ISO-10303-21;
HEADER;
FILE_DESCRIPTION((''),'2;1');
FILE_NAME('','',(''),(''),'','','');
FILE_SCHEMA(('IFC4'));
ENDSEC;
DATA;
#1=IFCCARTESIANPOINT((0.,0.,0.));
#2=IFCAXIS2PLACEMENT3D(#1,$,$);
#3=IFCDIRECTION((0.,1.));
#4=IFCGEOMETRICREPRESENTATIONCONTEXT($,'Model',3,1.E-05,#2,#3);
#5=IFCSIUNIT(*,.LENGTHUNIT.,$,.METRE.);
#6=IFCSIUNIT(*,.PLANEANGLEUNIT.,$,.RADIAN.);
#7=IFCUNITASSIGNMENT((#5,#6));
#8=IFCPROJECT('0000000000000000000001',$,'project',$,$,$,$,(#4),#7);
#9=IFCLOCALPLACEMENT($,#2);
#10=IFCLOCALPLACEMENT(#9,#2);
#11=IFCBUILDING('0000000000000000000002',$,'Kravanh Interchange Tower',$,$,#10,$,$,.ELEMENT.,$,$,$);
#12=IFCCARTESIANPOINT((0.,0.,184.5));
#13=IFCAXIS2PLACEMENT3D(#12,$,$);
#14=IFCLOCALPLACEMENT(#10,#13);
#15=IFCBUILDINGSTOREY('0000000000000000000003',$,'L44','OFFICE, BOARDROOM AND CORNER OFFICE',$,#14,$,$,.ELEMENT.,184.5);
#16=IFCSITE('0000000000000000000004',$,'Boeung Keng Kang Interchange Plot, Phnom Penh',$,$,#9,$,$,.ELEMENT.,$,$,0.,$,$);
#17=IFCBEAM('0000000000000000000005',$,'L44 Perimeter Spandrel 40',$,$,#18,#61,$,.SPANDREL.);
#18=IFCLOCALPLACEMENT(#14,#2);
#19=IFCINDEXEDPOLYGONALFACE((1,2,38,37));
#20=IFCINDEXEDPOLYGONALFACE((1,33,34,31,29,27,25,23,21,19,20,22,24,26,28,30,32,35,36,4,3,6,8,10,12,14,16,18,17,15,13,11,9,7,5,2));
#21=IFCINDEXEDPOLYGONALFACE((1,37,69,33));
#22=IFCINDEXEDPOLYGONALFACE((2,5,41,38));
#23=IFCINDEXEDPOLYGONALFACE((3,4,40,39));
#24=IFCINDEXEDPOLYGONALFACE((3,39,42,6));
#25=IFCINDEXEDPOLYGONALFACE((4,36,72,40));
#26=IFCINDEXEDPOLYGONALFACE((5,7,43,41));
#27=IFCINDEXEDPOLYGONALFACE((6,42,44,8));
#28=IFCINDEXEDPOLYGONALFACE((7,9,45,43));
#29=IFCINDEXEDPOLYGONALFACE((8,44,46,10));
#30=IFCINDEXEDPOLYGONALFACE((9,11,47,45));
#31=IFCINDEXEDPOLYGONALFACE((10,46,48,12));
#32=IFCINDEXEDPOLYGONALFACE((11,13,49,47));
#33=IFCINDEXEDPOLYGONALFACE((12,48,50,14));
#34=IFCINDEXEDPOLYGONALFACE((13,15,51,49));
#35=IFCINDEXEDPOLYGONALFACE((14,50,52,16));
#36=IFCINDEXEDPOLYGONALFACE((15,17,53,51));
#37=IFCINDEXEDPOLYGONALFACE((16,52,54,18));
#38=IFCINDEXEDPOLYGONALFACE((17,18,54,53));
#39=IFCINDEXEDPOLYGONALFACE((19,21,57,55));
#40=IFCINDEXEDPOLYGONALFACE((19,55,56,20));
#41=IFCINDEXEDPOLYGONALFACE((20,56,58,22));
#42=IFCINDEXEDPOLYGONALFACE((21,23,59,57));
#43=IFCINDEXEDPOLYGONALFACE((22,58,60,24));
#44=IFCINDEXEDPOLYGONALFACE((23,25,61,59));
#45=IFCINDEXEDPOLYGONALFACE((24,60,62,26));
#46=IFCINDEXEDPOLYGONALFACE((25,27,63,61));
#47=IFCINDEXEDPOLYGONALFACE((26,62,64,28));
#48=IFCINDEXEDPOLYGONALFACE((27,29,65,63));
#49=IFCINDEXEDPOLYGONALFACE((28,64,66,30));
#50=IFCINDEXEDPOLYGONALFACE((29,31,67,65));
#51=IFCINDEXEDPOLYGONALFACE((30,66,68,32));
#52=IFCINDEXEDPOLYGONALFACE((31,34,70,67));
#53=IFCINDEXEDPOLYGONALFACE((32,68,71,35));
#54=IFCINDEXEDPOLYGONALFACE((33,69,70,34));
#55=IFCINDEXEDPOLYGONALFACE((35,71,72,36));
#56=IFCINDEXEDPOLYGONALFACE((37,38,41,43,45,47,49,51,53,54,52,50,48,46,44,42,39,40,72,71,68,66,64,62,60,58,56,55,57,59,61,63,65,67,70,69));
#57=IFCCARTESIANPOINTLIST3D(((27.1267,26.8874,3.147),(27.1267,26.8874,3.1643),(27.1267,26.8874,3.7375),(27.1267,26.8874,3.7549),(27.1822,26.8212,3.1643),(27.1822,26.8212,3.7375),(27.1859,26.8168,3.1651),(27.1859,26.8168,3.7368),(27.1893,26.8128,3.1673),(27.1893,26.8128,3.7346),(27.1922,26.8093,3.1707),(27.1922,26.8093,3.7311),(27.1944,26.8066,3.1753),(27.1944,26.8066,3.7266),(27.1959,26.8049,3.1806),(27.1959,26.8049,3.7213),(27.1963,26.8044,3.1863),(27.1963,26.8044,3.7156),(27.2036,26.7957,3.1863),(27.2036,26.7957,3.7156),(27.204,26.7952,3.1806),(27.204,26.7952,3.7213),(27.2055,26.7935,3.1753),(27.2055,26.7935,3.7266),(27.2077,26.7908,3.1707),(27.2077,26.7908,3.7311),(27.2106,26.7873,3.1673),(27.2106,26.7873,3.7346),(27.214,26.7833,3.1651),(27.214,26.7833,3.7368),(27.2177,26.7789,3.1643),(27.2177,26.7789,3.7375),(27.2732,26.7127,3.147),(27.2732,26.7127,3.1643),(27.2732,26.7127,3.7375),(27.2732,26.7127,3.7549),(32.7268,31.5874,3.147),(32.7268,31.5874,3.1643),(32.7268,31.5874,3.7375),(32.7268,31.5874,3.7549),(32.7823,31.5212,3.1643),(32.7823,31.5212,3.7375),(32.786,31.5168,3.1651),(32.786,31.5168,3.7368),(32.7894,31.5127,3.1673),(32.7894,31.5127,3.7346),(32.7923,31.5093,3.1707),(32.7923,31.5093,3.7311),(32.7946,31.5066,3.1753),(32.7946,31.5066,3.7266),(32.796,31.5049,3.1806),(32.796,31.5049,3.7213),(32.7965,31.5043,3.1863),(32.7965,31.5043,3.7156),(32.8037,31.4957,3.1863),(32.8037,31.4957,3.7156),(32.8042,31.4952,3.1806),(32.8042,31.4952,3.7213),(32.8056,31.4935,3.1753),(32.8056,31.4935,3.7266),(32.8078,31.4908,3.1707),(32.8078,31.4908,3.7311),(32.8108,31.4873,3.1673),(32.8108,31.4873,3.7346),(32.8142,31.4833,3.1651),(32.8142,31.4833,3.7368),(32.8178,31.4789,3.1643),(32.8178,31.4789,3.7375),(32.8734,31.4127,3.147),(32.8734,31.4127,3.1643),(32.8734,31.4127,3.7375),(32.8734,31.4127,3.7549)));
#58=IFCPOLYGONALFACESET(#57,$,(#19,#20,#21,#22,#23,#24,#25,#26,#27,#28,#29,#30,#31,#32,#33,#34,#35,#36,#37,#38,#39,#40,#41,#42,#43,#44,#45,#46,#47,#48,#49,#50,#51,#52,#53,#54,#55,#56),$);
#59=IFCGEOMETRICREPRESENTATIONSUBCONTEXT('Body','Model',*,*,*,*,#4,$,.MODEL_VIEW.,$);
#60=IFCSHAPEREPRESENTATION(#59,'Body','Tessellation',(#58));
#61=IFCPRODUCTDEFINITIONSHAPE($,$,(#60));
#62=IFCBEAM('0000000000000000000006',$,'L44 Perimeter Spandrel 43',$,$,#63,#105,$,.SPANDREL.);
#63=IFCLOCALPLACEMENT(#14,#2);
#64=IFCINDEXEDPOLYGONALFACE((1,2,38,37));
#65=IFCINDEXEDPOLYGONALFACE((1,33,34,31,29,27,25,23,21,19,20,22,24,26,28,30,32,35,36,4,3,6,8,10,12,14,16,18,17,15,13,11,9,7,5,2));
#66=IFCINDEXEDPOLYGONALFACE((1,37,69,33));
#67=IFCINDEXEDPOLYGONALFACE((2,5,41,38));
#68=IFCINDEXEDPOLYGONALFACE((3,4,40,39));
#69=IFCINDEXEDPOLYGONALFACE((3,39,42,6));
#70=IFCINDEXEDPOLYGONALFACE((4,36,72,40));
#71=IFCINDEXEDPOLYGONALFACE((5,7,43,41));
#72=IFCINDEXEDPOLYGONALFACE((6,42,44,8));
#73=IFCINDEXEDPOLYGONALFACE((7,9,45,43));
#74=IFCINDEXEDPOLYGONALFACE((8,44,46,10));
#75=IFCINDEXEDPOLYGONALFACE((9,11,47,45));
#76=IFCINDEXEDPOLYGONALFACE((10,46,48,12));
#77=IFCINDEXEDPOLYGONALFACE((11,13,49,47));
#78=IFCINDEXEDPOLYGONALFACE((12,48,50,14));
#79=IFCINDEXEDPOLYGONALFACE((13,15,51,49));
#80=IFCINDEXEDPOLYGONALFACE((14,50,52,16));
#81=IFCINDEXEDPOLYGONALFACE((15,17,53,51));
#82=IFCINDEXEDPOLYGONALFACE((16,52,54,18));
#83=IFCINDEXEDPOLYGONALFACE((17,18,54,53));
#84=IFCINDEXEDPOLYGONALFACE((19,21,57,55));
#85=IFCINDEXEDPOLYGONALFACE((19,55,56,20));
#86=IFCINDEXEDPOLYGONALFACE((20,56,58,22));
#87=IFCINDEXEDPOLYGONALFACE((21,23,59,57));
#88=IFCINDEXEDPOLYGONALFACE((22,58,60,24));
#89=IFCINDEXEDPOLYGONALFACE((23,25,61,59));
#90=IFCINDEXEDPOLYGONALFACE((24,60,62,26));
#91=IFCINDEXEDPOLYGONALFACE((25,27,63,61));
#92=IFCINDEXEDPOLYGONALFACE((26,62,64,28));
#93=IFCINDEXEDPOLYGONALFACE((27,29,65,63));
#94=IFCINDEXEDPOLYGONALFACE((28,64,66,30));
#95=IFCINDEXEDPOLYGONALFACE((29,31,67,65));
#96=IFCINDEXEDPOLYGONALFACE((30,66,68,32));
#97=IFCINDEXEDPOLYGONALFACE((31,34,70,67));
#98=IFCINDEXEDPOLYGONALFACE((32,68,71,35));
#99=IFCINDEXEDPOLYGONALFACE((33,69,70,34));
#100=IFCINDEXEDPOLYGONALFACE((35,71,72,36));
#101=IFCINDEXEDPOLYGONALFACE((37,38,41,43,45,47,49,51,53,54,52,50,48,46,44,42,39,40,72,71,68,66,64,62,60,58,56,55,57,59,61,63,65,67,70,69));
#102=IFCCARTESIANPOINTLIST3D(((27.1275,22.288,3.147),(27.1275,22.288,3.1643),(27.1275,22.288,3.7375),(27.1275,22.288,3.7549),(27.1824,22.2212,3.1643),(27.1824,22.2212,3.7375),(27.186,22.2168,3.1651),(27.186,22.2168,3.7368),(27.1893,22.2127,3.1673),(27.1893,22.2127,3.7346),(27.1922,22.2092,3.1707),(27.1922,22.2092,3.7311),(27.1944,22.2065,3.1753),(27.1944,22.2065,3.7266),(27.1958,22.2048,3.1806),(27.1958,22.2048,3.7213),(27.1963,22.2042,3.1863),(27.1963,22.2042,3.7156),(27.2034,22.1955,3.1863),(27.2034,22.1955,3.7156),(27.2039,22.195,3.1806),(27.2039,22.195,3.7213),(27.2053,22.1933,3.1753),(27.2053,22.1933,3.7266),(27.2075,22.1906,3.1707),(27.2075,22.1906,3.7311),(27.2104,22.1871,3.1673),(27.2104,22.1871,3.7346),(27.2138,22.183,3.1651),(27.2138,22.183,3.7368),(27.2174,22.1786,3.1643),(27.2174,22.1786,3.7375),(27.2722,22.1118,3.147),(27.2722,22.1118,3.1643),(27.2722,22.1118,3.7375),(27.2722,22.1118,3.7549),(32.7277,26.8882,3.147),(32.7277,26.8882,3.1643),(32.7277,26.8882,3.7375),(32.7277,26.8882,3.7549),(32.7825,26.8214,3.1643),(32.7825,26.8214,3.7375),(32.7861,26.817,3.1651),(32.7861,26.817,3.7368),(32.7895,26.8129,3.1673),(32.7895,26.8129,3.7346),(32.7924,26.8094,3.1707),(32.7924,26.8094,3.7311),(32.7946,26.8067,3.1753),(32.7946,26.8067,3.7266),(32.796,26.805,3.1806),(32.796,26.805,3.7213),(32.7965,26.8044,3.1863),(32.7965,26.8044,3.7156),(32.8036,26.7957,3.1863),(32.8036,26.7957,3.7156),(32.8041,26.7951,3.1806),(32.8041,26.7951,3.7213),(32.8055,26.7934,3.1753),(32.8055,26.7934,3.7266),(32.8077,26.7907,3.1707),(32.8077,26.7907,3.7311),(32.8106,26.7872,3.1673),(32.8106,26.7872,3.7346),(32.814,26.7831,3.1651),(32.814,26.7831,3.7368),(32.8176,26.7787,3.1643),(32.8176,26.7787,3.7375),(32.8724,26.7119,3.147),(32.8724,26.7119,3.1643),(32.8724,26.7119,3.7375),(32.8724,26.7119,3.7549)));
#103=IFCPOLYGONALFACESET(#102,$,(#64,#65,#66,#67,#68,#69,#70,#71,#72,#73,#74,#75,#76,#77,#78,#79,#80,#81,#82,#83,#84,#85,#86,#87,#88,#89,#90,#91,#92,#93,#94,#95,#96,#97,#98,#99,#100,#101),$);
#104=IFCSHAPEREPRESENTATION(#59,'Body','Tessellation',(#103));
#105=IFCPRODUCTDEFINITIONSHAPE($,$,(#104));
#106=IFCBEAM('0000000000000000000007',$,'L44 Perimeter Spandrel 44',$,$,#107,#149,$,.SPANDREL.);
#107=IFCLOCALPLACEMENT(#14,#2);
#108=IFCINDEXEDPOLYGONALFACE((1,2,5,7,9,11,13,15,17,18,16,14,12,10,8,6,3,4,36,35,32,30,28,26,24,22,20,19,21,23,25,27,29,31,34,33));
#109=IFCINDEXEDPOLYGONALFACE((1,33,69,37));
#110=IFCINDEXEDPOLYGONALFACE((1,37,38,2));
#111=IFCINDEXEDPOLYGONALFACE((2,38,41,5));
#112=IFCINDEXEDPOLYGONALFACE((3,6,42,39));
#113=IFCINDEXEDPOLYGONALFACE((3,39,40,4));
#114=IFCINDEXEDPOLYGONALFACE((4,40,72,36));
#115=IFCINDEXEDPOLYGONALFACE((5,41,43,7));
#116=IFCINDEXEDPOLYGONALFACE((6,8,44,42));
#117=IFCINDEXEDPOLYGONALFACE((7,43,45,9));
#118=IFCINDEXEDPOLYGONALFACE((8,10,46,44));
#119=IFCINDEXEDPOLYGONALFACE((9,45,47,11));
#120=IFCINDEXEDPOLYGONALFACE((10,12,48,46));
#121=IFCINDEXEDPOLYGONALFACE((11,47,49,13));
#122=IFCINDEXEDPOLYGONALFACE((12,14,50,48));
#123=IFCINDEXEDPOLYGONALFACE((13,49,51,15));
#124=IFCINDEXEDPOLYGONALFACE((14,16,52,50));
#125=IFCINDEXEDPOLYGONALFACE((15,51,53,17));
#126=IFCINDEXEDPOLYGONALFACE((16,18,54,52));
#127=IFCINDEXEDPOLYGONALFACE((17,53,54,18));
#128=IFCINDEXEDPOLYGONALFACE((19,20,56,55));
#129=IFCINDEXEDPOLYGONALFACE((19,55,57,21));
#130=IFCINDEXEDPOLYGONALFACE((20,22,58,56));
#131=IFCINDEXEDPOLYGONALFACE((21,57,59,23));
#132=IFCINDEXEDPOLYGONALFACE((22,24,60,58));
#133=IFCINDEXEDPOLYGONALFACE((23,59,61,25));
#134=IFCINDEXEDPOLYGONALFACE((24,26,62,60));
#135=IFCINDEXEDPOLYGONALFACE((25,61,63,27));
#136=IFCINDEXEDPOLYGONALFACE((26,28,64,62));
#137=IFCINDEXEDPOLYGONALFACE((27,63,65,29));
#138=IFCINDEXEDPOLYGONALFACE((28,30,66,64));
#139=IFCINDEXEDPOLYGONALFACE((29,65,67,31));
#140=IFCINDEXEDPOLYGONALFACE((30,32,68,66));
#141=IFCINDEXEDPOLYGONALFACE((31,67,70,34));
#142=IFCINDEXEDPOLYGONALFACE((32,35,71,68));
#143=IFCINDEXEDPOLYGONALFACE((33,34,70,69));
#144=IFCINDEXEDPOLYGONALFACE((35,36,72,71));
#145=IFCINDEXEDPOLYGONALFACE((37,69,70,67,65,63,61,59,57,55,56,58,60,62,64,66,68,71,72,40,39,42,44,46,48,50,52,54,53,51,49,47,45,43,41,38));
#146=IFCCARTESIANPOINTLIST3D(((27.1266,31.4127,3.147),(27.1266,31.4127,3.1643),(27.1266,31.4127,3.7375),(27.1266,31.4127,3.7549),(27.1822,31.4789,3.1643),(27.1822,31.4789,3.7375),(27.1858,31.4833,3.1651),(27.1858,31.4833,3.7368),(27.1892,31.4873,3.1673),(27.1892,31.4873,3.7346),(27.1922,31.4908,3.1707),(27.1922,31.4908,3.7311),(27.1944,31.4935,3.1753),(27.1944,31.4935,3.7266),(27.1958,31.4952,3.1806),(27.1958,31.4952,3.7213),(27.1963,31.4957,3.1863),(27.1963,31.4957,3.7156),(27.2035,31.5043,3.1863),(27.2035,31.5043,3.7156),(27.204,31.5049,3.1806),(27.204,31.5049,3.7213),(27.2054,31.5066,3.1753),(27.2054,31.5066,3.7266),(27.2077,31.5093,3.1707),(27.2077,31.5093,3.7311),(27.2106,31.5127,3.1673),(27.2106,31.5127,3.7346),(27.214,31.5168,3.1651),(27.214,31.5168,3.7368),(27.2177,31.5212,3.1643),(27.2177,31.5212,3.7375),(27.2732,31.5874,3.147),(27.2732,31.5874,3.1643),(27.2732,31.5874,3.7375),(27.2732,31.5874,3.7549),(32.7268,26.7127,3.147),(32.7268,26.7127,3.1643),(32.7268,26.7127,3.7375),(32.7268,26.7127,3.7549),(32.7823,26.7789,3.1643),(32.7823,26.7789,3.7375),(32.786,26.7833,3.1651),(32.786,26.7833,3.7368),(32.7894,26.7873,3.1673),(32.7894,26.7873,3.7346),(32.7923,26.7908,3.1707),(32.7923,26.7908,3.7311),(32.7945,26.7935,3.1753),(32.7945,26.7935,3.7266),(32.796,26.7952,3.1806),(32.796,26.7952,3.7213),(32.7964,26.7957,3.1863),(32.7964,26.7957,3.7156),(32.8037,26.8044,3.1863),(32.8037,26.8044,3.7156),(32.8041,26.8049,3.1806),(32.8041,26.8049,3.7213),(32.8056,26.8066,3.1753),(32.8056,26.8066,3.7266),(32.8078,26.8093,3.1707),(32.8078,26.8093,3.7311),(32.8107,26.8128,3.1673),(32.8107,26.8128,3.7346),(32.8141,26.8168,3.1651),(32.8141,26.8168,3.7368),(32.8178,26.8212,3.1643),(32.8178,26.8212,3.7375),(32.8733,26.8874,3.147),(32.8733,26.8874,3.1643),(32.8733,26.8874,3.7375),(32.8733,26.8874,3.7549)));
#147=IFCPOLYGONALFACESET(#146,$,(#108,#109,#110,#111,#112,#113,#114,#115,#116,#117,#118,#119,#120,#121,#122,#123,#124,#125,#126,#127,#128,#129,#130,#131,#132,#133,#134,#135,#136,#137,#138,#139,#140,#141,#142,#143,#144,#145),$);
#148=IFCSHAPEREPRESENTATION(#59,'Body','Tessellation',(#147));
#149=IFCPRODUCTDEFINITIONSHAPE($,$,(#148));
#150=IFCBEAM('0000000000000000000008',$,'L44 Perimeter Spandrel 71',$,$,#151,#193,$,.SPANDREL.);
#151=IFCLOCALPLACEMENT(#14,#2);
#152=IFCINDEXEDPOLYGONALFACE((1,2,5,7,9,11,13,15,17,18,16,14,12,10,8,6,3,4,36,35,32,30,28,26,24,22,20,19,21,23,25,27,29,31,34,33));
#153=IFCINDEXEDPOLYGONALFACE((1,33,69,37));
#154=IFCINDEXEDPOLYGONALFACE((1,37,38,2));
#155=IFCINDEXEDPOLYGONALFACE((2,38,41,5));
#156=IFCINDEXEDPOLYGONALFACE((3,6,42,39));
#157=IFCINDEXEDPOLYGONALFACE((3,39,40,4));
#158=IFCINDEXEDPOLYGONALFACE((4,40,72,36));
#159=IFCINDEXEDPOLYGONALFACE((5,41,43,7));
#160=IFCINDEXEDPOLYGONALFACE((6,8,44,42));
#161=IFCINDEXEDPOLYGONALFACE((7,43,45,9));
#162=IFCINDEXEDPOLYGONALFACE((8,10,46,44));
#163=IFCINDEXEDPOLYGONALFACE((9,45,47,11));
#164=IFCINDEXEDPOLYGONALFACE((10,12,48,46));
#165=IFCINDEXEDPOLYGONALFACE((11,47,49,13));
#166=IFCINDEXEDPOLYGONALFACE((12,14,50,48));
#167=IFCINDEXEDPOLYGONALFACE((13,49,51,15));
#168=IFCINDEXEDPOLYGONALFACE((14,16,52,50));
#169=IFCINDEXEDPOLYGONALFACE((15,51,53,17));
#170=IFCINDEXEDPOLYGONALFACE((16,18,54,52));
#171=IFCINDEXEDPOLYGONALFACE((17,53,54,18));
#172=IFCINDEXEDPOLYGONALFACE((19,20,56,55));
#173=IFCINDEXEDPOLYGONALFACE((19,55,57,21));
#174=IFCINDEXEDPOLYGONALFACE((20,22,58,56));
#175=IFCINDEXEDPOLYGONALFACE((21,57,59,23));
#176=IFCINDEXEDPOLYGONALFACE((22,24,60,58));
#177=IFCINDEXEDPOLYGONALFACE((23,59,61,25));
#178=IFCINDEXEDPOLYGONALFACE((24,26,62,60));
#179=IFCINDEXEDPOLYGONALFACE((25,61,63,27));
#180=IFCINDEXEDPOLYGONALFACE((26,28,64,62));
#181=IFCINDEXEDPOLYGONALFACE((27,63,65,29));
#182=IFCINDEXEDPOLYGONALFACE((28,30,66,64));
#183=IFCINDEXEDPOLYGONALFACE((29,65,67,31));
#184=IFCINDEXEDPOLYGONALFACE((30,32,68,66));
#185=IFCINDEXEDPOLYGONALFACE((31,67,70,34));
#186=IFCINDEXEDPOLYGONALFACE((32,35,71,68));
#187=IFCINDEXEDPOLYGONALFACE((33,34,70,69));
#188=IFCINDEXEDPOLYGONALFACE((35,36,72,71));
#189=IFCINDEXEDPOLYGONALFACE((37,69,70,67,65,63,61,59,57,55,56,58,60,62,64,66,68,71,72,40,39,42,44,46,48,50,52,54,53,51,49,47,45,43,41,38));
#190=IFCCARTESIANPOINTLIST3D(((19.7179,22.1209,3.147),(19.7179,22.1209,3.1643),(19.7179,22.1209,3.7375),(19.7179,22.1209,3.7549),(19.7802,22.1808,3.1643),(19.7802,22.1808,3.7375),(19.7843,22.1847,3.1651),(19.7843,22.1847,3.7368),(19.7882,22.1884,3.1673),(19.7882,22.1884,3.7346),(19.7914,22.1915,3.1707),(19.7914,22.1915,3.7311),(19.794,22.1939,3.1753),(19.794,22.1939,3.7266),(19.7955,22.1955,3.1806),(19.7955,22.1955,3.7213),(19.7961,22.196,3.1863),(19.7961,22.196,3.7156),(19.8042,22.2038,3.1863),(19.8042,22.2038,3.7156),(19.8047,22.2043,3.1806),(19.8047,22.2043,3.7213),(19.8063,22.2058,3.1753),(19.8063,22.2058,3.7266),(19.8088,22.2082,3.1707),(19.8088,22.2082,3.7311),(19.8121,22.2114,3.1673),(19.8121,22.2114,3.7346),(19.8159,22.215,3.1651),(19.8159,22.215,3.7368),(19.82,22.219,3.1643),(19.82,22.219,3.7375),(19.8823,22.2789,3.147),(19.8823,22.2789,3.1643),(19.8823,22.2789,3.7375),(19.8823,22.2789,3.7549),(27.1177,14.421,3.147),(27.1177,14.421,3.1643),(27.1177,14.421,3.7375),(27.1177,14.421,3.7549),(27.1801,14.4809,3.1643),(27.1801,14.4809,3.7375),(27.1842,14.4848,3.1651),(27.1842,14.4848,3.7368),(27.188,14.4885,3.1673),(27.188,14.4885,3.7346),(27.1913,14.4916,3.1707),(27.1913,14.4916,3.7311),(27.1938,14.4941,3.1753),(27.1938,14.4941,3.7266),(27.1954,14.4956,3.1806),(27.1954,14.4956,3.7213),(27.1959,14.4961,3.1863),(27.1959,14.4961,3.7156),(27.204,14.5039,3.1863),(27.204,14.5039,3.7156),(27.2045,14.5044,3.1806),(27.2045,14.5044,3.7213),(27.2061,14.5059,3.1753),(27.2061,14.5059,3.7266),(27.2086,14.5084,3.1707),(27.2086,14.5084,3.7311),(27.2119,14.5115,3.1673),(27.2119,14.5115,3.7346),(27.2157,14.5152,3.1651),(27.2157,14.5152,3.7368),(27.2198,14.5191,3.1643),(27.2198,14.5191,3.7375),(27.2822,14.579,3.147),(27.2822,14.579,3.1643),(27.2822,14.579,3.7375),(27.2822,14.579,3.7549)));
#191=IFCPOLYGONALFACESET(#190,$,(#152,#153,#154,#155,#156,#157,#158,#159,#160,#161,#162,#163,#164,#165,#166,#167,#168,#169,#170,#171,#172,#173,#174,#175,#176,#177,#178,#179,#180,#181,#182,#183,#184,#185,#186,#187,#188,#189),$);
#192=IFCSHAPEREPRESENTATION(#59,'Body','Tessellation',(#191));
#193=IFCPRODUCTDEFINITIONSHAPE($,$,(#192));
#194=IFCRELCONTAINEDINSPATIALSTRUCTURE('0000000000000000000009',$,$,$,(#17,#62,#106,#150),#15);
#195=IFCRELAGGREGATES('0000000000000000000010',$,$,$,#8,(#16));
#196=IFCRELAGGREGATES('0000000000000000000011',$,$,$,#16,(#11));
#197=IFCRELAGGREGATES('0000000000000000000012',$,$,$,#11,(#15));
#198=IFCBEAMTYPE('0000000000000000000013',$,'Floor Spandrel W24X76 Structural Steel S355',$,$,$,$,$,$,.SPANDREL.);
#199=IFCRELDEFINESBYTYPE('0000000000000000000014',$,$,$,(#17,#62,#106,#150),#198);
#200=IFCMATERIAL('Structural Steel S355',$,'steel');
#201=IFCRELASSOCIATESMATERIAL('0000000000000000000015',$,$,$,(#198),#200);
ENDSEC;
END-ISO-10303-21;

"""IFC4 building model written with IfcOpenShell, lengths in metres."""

from ifc_helpers import new_model, si_unit, direction, frame, origin, origin_2d, place, context, subcontext, project, spatial, i_section, extrude, material, material_profile, profile_set, type_object, element, save


model = new_model("IFC4")

# Units and contexts
model_context = context("Model", 3, precision=1e-05, world=origin(), true_north=direction((0.0, 1.0)))
body_context = subcontext(model_context, "Body", "Model", "MODEL_VIEW")
ifc_project = project(units=[si_unit("LENGTHUNIT", "METRE"), si_unit("PLANEANGLEUNIT", "RADIAN")], contexts=[model_context])

# Site, building, storey
site_placement = place(None, origin())
site = spatial("IfcSite", under=ifc_project, at=site_placement, Name="Boeung Keng Kang Interchange Plot, Phnom Penh", CompositionType="ELEMENT", RefElevation=0.0)
building_placement = place(site_placement, origin())
building = spatial("IfcBuilding", under=site, at=building_placement, Name="Kravanh Interchange Tower", CompositionType="ELEMENT")
storey_placement = place(building_placement, frame((0.0, 0.0, 184.5)))
storey = spatial("IfcBuildingStorey", under=building, at=storey_placement, Name="L44", Description="OFFICE, BOARDROOM AND CORNER OFFICE", CompositionType="ELEMENT", Elevation=184.5)

# Beams
ifc_material_1 = material(Name="Structural Steel S355", Category="steel")
ifc_material_profile_1 = material_profile(ifc_material_1, i_section(OverallWidth=0.228, OverallDepth=0.6079, WebThickness=0.0112, FlangeThickness=0.0173, FilletRadius=0.022, at=origin_2d()), Name="W24X76")
ifc_profile_set_1 = profile_set([ifc_material_profile_1], Name="Structural Steel S355")
beam_type_1 = type_object("IfcBeamType", Name="Floor Spandrel W24X76 Structural Steel S355", PredefinedType="SPANDREL", material=ifc_profile_set_1)
beam_1_placement = place(storey_placement, frame((27.2, 26.8, 3.4509), z_axis=(0.765983, 0.642861, 0.0), x_axis=(-0.642861, 0.765983, 0.0)))
element("IfcBeam", 1, at=beam_1_placement, inside=storey, type_object=beam_type_1, Name="L44 Perimeter Spandrel 40", PredefinedType="SPANDREL", context=body_context, shape_type="SweptSolid", body=[
    extrude(i_section(OverallWidth=0.228, OverallDepth=0.6079, WebThickness=0.0112, FlangeThickness=0.0173, FilletRadius=0.022, at=origin_2d()), origin(), (0.0, 0.0, 1.0), 7.311),
])
beam_2_placement = place(storey_placement, frame((32.8, 26.8, 3.4509), z_axis=(-0.772725, -0.634741, 0.0), x_axis=(0.634741, -0.772725, 0.0)))
element("IfcBeam", 2, at=beam_2_placement, inside=storey, type_object=beam_type_1, Name="L44 Perimeter Spandrel 43", PredefinedType="SPANDREL", context=body_context, shape_type="SweptSolid", body=[
    extrude(i_section(OverallWidth=0.228, OverallDepth=0.6079, WebThickness=0.0112, FlangeThickness=0.0173, FilletRadius=0.022, at=origin_2d()), origin(), (0.0, 0.0, 1.0), 7.2473),
])
beam_3_placement = place(storey_placement, frame((32.8, 26.8, 3.4509), z_axis=(-0.765983, 0.642861, 0.0), x_axis=(-0.642861, -0.765983, 0.0)))
element("IfcBeam", 3, at=beam_3_placement, inside=storey, type_object=beam_type_1, Name="L44 Perimeter Spandrel 44", PredefinedType="SPANDREL", context=body_context, shape_type="SweptSolid", body=[
    extrude(i_section(OverallWidth=0.228, OverallDepth=0.6079, WebThickness=0.0112, FlangeThickness=0.0173, FilletRadius=0.022, at=origin_2d()), origin(), (0.0, 0.0, 1.0), 7.311),
])
beam_4_placement = place(storey_placement, frame((27.2, 14.5, 3.4509), z_axis=(-0.692919, 0.721015, 0.0), x_axis=(-0.721015, -0.692919, 0.0)))
element("IfcBeam", 4, at=beam_4_placement, inside=storey, type_object=beam_type_1, Name="L44 Perimeter Spandrel 71", PredefinedType="SPANDREL", context=body_context, shape_type="SweptSolid", body=[
    extrude(i_section(OverallWidth=0.228, OverallDepth=0.6079, WebThickness=0.0112, FlangeThickness=0.0173, FilletRadius=0.022, at=origin_2d()), origin(), (0.0, 0.0, 1.0), 10.6792),
])

save(model, "model.ifc")
